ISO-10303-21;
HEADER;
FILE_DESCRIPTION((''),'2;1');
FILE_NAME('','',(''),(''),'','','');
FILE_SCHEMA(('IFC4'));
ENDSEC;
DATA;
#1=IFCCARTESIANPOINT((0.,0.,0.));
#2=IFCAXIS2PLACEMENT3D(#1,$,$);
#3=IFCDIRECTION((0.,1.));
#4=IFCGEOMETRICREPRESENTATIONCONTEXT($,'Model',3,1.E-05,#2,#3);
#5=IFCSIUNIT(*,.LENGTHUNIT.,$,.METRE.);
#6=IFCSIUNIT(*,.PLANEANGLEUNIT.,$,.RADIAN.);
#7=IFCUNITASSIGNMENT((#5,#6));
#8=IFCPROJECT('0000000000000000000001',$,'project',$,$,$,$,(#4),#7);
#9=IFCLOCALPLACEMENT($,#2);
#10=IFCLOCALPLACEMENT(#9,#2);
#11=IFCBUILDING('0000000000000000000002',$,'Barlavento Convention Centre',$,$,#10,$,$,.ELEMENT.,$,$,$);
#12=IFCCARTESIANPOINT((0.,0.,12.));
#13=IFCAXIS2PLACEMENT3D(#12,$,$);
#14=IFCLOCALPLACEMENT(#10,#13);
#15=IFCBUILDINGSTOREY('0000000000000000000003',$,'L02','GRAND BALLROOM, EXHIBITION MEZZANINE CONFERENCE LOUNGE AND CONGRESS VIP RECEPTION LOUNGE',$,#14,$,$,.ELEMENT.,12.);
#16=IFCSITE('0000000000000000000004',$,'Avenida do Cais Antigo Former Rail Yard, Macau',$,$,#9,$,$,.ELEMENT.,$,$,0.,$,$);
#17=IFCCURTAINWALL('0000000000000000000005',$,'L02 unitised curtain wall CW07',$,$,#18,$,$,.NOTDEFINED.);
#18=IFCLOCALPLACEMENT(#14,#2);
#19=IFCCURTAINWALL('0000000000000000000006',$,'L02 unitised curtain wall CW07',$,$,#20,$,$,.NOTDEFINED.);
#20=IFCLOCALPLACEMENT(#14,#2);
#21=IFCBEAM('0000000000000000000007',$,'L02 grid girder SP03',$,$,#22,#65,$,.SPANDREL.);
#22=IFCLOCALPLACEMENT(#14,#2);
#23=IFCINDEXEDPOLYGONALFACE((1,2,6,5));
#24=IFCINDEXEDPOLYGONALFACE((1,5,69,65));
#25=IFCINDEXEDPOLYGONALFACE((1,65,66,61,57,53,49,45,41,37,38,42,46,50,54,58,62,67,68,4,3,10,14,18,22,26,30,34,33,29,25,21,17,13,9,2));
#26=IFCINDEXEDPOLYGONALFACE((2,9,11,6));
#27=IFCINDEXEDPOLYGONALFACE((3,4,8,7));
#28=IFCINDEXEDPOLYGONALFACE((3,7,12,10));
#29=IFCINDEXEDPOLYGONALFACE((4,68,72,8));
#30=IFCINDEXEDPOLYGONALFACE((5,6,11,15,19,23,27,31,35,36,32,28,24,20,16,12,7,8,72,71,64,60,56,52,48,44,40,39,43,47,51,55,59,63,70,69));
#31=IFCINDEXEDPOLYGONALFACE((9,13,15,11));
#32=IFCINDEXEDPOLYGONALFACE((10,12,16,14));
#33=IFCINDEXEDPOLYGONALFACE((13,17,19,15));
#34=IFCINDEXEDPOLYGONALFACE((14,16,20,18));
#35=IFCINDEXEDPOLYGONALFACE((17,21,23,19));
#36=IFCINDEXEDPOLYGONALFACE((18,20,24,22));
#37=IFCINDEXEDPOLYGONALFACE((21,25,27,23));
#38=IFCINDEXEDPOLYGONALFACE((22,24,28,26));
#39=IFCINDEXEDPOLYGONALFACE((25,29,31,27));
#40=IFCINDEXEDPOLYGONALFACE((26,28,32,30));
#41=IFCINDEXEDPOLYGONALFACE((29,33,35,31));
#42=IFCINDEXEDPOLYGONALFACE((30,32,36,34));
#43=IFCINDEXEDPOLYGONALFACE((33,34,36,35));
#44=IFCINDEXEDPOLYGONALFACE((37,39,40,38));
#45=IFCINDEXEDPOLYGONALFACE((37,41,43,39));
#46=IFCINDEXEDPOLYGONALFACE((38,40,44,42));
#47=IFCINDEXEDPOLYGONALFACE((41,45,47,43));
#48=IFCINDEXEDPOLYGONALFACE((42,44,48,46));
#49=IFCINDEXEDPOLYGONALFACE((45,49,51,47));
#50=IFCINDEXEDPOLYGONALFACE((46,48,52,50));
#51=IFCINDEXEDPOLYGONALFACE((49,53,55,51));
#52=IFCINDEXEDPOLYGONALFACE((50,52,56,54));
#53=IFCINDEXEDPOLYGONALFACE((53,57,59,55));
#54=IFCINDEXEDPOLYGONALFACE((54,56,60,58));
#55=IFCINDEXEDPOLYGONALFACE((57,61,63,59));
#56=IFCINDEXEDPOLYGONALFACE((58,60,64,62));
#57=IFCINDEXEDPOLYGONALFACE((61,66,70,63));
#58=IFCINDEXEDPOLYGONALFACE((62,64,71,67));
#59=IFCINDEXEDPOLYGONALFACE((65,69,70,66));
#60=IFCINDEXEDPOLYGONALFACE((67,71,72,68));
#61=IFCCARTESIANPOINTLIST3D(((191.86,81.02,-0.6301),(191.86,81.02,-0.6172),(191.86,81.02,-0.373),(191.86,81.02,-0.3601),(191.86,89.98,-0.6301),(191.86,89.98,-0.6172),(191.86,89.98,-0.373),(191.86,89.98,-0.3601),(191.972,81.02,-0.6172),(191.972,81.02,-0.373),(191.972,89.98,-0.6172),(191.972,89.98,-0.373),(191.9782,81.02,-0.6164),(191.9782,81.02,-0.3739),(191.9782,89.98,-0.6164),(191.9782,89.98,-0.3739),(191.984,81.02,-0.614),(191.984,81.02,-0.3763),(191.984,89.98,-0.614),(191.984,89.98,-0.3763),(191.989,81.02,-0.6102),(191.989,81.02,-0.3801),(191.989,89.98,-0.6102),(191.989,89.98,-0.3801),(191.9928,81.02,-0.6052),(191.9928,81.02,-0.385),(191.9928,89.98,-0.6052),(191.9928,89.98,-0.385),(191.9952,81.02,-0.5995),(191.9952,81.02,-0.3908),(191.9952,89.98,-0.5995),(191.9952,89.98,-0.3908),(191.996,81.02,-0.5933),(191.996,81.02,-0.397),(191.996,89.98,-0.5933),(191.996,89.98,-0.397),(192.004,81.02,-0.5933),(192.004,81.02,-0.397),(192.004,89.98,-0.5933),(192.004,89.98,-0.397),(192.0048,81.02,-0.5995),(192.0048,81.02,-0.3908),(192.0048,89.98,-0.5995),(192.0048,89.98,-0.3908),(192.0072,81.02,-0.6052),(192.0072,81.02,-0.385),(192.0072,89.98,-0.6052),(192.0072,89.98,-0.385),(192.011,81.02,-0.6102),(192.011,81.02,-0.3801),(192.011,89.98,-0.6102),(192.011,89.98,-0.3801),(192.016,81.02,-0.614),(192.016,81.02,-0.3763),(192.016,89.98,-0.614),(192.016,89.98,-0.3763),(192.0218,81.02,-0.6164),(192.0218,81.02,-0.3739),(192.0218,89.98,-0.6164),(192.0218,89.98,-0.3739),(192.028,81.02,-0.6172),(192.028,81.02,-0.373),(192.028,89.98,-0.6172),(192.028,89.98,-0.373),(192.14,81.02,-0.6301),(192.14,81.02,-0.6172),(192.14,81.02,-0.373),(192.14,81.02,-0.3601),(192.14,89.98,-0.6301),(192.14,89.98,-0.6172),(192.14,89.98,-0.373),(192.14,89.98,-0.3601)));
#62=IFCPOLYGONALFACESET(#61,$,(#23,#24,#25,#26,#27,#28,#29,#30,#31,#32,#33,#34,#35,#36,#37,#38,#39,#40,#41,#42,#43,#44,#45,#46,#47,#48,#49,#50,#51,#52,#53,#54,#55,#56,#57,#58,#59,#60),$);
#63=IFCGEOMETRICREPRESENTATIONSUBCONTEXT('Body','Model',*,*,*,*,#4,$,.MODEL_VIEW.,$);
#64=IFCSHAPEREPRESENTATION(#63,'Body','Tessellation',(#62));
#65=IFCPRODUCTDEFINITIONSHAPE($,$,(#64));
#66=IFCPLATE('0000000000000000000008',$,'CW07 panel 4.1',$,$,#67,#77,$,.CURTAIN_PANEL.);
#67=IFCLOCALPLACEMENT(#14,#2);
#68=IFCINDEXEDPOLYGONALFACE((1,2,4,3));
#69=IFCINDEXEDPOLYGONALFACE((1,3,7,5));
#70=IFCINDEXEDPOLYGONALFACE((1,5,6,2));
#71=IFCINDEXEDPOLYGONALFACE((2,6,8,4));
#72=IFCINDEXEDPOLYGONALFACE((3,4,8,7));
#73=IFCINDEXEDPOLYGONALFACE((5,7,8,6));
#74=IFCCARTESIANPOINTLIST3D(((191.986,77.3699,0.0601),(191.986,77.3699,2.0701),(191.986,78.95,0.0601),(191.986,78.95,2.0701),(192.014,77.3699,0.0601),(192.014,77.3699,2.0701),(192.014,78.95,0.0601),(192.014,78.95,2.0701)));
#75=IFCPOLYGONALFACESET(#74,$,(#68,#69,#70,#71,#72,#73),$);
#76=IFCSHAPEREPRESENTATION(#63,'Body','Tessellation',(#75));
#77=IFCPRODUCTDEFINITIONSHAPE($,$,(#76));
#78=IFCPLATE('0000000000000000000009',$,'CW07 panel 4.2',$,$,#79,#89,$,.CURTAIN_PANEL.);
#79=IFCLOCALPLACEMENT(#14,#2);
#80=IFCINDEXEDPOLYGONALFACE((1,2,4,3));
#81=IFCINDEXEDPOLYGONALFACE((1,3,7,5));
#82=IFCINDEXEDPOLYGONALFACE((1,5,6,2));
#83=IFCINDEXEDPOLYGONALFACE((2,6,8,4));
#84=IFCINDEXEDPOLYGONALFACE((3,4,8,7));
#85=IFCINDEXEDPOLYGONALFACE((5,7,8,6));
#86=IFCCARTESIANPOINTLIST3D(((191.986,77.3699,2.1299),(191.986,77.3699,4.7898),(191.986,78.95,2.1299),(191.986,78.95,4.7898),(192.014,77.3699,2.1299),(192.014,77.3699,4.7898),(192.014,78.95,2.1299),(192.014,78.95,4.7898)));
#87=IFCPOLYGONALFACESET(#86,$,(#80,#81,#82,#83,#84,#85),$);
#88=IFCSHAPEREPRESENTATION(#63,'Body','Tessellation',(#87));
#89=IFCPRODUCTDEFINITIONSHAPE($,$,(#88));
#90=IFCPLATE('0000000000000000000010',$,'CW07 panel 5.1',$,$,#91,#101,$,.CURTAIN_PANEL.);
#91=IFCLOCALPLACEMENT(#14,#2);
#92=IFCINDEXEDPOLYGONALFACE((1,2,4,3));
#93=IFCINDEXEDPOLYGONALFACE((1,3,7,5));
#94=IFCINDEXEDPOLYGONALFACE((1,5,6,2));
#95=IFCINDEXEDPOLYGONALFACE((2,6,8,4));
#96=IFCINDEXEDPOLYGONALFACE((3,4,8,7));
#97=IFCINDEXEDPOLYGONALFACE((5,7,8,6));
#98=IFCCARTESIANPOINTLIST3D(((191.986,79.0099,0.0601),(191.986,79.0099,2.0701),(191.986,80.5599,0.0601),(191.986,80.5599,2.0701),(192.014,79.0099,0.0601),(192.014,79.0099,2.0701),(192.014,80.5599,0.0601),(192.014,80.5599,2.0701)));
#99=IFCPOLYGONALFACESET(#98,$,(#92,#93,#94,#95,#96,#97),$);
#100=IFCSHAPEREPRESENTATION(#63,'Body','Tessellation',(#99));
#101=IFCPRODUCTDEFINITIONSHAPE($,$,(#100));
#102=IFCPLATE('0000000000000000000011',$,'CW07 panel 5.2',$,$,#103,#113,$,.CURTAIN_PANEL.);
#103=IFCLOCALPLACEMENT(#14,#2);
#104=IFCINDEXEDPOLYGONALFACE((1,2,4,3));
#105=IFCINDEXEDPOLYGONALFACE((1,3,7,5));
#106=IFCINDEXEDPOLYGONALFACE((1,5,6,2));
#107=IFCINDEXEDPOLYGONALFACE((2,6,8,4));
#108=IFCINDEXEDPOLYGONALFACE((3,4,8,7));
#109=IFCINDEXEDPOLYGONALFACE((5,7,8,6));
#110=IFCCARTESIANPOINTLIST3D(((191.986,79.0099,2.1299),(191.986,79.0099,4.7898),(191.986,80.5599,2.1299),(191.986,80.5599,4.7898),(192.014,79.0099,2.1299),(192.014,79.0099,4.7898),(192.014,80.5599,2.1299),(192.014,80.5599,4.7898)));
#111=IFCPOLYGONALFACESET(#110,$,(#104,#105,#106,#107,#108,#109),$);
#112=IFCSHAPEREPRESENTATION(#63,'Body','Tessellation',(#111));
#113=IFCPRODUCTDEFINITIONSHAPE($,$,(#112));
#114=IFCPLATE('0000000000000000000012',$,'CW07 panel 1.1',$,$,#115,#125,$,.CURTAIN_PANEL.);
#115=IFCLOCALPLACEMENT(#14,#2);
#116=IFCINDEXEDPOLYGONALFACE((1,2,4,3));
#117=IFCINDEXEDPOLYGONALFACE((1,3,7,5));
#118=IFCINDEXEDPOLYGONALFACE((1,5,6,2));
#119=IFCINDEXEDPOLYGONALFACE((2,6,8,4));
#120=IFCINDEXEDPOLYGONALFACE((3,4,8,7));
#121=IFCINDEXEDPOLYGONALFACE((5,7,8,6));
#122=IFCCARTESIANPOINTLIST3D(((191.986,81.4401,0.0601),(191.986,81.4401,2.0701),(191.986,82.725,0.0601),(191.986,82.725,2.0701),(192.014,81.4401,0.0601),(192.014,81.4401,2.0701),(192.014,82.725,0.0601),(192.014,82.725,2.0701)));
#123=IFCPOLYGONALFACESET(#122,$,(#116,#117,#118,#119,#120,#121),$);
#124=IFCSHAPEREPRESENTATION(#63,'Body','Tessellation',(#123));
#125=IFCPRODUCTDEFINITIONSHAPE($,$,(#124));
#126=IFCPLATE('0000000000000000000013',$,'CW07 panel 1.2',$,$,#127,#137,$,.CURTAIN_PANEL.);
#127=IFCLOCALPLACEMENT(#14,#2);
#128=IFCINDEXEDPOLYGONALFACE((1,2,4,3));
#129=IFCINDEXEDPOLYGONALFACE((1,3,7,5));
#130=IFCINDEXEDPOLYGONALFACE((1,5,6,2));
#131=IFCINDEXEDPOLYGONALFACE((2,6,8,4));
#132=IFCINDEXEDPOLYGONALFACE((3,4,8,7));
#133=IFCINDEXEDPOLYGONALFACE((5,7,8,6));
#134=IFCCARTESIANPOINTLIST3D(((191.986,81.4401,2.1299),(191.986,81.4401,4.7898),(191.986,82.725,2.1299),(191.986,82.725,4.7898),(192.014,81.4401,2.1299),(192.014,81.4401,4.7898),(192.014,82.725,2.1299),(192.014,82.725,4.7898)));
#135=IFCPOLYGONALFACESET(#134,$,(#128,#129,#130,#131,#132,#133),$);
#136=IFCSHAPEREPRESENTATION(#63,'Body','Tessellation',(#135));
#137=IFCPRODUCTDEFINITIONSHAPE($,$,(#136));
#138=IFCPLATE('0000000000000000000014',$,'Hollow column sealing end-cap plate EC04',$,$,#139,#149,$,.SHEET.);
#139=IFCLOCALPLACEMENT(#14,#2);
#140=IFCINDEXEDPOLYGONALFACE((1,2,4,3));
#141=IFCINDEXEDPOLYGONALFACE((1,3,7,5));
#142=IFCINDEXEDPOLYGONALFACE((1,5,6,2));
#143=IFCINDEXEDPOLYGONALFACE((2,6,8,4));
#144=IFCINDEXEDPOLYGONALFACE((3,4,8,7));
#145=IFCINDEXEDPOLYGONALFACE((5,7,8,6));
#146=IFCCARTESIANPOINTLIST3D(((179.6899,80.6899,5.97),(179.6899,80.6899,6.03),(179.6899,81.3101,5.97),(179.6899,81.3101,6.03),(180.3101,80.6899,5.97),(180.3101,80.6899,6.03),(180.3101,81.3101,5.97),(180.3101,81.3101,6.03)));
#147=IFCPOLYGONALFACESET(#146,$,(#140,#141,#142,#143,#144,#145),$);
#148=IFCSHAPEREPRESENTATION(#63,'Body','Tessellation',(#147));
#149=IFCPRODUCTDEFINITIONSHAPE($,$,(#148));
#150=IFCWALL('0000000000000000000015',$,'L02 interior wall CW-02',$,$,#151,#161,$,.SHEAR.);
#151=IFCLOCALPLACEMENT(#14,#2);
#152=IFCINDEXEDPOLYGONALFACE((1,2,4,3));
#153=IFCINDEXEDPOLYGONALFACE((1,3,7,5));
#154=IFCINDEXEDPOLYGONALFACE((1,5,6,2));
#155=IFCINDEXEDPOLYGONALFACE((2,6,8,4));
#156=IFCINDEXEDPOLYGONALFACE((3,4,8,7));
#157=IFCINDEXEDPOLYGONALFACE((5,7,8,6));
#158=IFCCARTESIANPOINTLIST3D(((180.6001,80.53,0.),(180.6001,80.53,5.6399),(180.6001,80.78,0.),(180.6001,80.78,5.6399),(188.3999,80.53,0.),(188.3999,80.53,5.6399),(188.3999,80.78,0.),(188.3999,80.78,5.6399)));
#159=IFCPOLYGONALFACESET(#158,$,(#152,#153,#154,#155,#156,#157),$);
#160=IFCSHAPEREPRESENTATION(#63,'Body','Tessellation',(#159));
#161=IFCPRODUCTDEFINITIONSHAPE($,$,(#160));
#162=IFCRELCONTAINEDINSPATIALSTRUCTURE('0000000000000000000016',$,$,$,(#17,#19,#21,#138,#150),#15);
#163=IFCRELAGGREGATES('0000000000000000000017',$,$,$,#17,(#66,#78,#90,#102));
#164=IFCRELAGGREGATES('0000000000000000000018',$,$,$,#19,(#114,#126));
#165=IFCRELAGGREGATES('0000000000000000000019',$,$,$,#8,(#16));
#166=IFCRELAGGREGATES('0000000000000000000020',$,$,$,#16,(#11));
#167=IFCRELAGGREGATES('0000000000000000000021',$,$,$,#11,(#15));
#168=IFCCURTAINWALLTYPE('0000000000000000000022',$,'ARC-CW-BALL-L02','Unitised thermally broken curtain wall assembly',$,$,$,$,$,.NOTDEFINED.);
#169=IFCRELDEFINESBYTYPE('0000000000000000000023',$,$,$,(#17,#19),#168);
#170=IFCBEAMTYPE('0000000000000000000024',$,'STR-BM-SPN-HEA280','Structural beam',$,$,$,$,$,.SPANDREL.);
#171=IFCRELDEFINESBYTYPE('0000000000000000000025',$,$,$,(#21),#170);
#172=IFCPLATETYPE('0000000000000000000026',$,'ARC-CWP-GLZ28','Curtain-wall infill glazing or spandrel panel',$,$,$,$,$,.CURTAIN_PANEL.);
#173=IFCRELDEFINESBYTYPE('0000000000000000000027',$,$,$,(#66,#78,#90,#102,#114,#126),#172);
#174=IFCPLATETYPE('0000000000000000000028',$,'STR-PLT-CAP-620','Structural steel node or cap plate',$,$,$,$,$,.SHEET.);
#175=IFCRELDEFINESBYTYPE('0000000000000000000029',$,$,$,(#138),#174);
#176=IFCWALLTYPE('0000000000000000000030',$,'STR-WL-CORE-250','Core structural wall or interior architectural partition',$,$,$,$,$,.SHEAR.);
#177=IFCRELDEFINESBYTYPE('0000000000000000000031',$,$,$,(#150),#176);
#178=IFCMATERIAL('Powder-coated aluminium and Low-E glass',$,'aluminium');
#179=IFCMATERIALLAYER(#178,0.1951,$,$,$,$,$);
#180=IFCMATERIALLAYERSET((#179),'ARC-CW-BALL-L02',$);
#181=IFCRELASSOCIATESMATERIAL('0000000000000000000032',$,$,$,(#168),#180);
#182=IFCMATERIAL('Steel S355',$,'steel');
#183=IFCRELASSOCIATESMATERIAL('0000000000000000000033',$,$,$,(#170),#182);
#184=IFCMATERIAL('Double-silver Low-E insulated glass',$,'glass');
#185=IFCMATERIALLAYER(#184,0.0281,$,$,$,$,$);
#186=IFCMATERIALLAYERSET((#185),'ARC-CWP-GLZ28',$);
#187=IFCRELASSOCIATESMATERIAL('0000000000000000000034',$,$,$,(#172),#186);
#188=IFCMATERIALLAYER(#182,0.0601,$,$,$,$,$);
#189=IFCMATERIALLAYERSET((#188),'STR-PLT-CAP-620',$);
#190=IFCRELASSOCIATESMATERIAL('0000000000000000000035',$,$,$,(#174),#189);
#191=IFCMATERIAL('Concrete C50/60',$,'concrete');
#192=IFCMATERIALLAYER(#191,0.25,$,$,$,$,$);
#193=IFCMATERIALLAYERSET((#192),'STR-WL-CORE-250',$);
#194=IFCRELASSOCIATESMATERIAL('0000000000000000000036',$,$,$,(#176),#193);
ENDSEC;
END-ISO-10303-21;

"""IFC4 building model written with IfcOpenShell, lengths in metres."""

from ifc_helpers import new_model, si_unit, direction, frame, frame_2d, origin, origin_2d, place, context, subcontext, project, spatial, rectangle, i_section, extrude, material, layer, layer_set, material_profile, profile_set, type_object, element, aggregate, save


model = new_model("IFC4")

# Units and contexts
model_context = context("Model", 3, precision=1e-05, world=origin(), true_north=direction((0.0, 1.0)))
body_context = subcontext(model_context, "Body", "Model", "MODEL_VIEW")
ifc_project = project(units=[si_unit("LENGTHUNIT", "METRE"), si_unit("PLANEANGLEUNIT", "RADIAN")], contexts=[model_context])

# Site, building, storey
site_placement = place(None, origin())
site = spatial("IfcSite", under=ifc_project, at=site_placement, Name="Avenida do Cais Antigo Former Rail Yard, Macau", CompositionType="ELEMENT", RefElevation=0.0)
building_placement = place(site_placement, origin())
building = spatial("IfcBuilding", under=site, at=building_placement, Name="Barlavento Convention Centre", CompositionType="ELEMENT")
storey_placement = place(building_placement, frame((0.0, 0.0, 12.0)))
storey = spatial("IfcBuildingStorey", under=building, at=storey_placement, Name="L02", Description="GRAND BALLROOM, EXHIBITION MEZZANINE CONFERENCE LOUNGE AND CONGRESS VIP RECEPTION LOUNGE", CompositionType="ELEMENT", Elevation=12.0)

# Shared definitions
ifc_material_1 = material(Name="Steel S355", Category="steel")

# Curtain walls
ifc_material_2 = material(Name="Powder-coated aluminium and Low-E glass", Category="aluminium")
ifc_layer_1 = layer(ifc_material_2, 0.1951)
ifc_layer_set_1 = layer_set([ifc_layer_1], Name="ARC-CW-BALL-L02")
curtain_wall_type = type_object("IfcCurtainWallType", Name="ARC-CW-BALL-L02", Description="Unitised thermally broken curtain wall assembly", PredefinedType="NOTDEFINED", material=ifc_layer_set_1)
curtain_wall_1_placement = place(storey_placement, origin())
curtain_wall_1 = element("IfcCurtainWall", 1, at=curtain_wall_1_placement, inside=storey, type_object=curtain_wall_type, Name="L02 unitised curtain wall CW07", PredefinedType="NOTDEFINED")
curtain_wall_2_placement = place(storey_placement, origin())
curtain_wall_2 = element("IfcCurtainWall", 2, at=curtain_wall_2_placement, inside=storey, type_object=curtain_wall_type, Name="L02 unitised curtain wall CW07", PredefinedType="NOTDEFINED")

# Beam
ifc_material_profile_1 = material_profile(ifc_material_1, i_section(OverallWidth=0.28, OverallDepth=0.27, WebThickness=0.0081, FlangeThickness=0.0129, FilletRadius=0.0239, at=origin_2d()), Name="HEA 280")
ifc_profile_set_1 = profile_set([ifc_material_profile_1], Name="Steel S355")
beam_type_1 = type_object("IfcBeamType", Name="STR-BM-SPN-HEA280", Description="Structural beam", PredefinedType="SPANDREL", material=ifc_profile_set_1)
beam_1_placement = place(storey_placement, frame((192.0, 81.02, -0.4951), z_axis=(0.0, 1.0, 0.0), x_axis=(-1.0, 0.0, 0.0)))
element("IfcBeam", 3, at=beam_1_placement, inside=storey, type_object=beam_type_1, Name="L02 grid girder SP03", PredefinedType="SPANDREL", context=body_context, shape_type="SweptSolid", body=[
    extrude(i_section(OverallWidth=0.28, OverallDepth=0.27, WebThickness=0.0081, FlangeThickness=0.0129, FilletRadius=0.0239, at=origin_2d()), origin(), (0.0, 0.0, 1.0), 8.96),
])

# Plates
ifc_material_3 = material(Name="Double-silver Low-E insulated glass", Category="glass")
ifc_layer_2 = layer(ifc_material_3, 0.0281)
ifc_layer_set_2 = layer_set([ifc_layer_2], Name="ARC-CWP-GLZ28")
plate_type_1 = type_object("IfcPlateType", Name="ARC-CWP-GLZ28", Description="Curtain-wall infill glazing or spandrel panel", PredefinedType="CURTAIN_PANEL", material=ifc_layer_set_2)
plate_1_placement = place(storey_placement, frame((192.0, 78.1599, 0.0601), z_axis=(0.0, 0.0, 1.0), x_axis=(0.0, 1.0, 0.0)))
plate_1 = element("IfcPlate", 4, at=plate_1_placement, type_object=plate_type_1, Name="CW07 panel 4.1", PredefinedType="CURTAIN_PANEL", context=body_context, shape_type="SweptSolid", body=[
    extrude(rectangle(XDim=1.5801, YDim=0.0281, at=origin_2d()), origin(), (0.0, 0.0, 1.0), 2.01),
])
plate_2_placement = place(storey_placement, frame((192.0, 78.1599, 2.1299), z_axis=(0.0, 0.0, 1.0), x_axis=(0.0, 1.0, 0.0)))
plate_2 = element("IfcPlate", 5, at=plate_2_placement, type_object=plate_type_1, Name="CW07 panel 4.2", PredefinedType="CURTAIN_PANEL", context=body_context, shape_type="SweptSolid", body=[
    extrude(rectangle(XDim=1.5801, YDim=0.0281, at=origin_2d()), origin(), (0.0, 0.0, 1.0), 2.6599),
])
plate_3_placement = place(storey_placement, frame((192.0, 79.7849, 0.0601), z_axis=(0.0, 0.0, 1.0), x_axis=(0.0, 1.0, 0.0)))
plate_3 = element("IfcPlate", 6, at=plate_3_placement, type_object=plate_type_1, Name="CW07 panel 5.1", PredefinedType="CURTAIN_PANEL", context=body_context, shape_type="SweptSolid", body=[
    extrude(rectangle(XDim=1.55, YDim=0.0281, at=origin_2d()), origin(), (0.0, 0.0, 1.0), 2.01),
])
plate_4_placement = place(storey_placement, frame((192.0, 79.7849, 2.1299), z_axis=(0.0, 0.0, 1.0), x_axis=(0.0, 1.0, 0.0)))
plate_4 = element("IfcPlate", 7, at=plate_4_placement, type_object=plate_type_1, Name="CW07 panel 5.2", PredefinedType="CURTAIN_PANEL", context=body_context, shape_type="SweptSolid", body=[
    extrude(rectangle(XDim=1.55, YDim=0.0281, at=origin_2d()), origin(), (0.0, 0.0, 1.0), 2.6599),
])
aggregate(curtain_wall_1, [plate_1, plate_2, plate_3, plate_4])
plate_5_placement = place(storey_placement, frame((192.0, 82.0825, 0.0601), z_axis=(0.0, 0.0, 1.0), x_axis=(0.0, 1.0, 0.0)))
plate_5 = element("IfcPlate", 8, at=plate_5_placement, type_object=plate_type_1, Name="CW07 panel 1.1", PredefinedType="CURTAIN_PANEL", context=body_context, shape_type="SweptSolid", body=[
    extrude(rectangle(XDim=1.2849, YDim=0.0281, at=origin_2d()), origin(), (0.0, 0.0, 1.0), 2.01),
])
plate_6_placement = place(storey_placement, frame((192.0, 82.0825, 2.1299), z_axis=(0.0, 0.0, 1.0), x_axis=(0.0, 1.0, 0.0)))
plate_6 = element("IfcPlate", 9, at=plate_6_placement, type_object=plate_type_1, Name="CW07 panel 1.2", PredefinedType="CURTAIN_PANEL", context=body_context, shape_type="SweptSolid", body=[
    extrude(rectangle(XDim=1.2849, YDim=0.0281, at=origin_2d()), origin(), (0.0, 0.0, 1.0), 2.6599),
])
aggregate(curtain_wall_2, [plate_5, plate_6])
ifc_layer_3 = layer(ifc_material_1, 0.0601)
ifc_layer_set_3 = layer_set([ifc_layer_3], Name="STR-PLT-CAP-620")
plate_type_2 = type_object("IfcPlateType", Name="STR-PLT-CAP-620", Description="Structural steel node or cap plate", PredefinedType="SHEET", material=ifc_layer_set_3)
plate_7_placement = place(storey_placement, frame((180.0, 81.0, 5.97), z_axis=(0.0, 0.0, 1.0), x_axis=(1.0, 0.0, 0.0)))
element("IfcPlate", 10, at=plate_7_placement, inside=storey, type_object=plate_type_2, Name="Hollow column sealing end-cap plate EC04", PredefinedType="SHEET", context=body_context, shape_type="SweptSolid", body=[
    extrude(rectangle(XDim=0.6201, YDim=0.6201, at=origin_2d()), origin(), (0.0, 0.0, 1.0), 0.0601),
])

# Wall
ifc_material_4 = material(Name="Concrete C50/60", Category="concrete")
ifc_layer_4 = layer(ifc_material_4, 0.25)
ifc_layer_set_4 = layer_set([ifc_layer_4], Name="STR-WL-CORE-250")
wall_type = type_object("IfcWallType", Name="STR-WL-CORE-250", Description="Core structural wall or interior architectural partition", PredefinedType="SHEAR", material=ifc_layer_set_4)
wall_placement = place(storey_placement, frame((180.6001, 80.655, 0.0), z_axis=(0.0, 0.0, 1.0), x_axis=(1.0, 0.0, 0.0)))
element("IfcWall", 11, at=wall_placement, inside=storey, type_object=wall_type, Name="L02 interior wall CW-02", PredefinedType="SHEAR", context=body_context, shape_type="SweptSolid", body=[
    extrude(rectangle(XDim=7.7998, YDim=0.25, at=frame_2d((3.8999, 0.0))), origin(), (0.0, 0.0, 1.0), 5.6399),
])

save(model, "model.ifc")
